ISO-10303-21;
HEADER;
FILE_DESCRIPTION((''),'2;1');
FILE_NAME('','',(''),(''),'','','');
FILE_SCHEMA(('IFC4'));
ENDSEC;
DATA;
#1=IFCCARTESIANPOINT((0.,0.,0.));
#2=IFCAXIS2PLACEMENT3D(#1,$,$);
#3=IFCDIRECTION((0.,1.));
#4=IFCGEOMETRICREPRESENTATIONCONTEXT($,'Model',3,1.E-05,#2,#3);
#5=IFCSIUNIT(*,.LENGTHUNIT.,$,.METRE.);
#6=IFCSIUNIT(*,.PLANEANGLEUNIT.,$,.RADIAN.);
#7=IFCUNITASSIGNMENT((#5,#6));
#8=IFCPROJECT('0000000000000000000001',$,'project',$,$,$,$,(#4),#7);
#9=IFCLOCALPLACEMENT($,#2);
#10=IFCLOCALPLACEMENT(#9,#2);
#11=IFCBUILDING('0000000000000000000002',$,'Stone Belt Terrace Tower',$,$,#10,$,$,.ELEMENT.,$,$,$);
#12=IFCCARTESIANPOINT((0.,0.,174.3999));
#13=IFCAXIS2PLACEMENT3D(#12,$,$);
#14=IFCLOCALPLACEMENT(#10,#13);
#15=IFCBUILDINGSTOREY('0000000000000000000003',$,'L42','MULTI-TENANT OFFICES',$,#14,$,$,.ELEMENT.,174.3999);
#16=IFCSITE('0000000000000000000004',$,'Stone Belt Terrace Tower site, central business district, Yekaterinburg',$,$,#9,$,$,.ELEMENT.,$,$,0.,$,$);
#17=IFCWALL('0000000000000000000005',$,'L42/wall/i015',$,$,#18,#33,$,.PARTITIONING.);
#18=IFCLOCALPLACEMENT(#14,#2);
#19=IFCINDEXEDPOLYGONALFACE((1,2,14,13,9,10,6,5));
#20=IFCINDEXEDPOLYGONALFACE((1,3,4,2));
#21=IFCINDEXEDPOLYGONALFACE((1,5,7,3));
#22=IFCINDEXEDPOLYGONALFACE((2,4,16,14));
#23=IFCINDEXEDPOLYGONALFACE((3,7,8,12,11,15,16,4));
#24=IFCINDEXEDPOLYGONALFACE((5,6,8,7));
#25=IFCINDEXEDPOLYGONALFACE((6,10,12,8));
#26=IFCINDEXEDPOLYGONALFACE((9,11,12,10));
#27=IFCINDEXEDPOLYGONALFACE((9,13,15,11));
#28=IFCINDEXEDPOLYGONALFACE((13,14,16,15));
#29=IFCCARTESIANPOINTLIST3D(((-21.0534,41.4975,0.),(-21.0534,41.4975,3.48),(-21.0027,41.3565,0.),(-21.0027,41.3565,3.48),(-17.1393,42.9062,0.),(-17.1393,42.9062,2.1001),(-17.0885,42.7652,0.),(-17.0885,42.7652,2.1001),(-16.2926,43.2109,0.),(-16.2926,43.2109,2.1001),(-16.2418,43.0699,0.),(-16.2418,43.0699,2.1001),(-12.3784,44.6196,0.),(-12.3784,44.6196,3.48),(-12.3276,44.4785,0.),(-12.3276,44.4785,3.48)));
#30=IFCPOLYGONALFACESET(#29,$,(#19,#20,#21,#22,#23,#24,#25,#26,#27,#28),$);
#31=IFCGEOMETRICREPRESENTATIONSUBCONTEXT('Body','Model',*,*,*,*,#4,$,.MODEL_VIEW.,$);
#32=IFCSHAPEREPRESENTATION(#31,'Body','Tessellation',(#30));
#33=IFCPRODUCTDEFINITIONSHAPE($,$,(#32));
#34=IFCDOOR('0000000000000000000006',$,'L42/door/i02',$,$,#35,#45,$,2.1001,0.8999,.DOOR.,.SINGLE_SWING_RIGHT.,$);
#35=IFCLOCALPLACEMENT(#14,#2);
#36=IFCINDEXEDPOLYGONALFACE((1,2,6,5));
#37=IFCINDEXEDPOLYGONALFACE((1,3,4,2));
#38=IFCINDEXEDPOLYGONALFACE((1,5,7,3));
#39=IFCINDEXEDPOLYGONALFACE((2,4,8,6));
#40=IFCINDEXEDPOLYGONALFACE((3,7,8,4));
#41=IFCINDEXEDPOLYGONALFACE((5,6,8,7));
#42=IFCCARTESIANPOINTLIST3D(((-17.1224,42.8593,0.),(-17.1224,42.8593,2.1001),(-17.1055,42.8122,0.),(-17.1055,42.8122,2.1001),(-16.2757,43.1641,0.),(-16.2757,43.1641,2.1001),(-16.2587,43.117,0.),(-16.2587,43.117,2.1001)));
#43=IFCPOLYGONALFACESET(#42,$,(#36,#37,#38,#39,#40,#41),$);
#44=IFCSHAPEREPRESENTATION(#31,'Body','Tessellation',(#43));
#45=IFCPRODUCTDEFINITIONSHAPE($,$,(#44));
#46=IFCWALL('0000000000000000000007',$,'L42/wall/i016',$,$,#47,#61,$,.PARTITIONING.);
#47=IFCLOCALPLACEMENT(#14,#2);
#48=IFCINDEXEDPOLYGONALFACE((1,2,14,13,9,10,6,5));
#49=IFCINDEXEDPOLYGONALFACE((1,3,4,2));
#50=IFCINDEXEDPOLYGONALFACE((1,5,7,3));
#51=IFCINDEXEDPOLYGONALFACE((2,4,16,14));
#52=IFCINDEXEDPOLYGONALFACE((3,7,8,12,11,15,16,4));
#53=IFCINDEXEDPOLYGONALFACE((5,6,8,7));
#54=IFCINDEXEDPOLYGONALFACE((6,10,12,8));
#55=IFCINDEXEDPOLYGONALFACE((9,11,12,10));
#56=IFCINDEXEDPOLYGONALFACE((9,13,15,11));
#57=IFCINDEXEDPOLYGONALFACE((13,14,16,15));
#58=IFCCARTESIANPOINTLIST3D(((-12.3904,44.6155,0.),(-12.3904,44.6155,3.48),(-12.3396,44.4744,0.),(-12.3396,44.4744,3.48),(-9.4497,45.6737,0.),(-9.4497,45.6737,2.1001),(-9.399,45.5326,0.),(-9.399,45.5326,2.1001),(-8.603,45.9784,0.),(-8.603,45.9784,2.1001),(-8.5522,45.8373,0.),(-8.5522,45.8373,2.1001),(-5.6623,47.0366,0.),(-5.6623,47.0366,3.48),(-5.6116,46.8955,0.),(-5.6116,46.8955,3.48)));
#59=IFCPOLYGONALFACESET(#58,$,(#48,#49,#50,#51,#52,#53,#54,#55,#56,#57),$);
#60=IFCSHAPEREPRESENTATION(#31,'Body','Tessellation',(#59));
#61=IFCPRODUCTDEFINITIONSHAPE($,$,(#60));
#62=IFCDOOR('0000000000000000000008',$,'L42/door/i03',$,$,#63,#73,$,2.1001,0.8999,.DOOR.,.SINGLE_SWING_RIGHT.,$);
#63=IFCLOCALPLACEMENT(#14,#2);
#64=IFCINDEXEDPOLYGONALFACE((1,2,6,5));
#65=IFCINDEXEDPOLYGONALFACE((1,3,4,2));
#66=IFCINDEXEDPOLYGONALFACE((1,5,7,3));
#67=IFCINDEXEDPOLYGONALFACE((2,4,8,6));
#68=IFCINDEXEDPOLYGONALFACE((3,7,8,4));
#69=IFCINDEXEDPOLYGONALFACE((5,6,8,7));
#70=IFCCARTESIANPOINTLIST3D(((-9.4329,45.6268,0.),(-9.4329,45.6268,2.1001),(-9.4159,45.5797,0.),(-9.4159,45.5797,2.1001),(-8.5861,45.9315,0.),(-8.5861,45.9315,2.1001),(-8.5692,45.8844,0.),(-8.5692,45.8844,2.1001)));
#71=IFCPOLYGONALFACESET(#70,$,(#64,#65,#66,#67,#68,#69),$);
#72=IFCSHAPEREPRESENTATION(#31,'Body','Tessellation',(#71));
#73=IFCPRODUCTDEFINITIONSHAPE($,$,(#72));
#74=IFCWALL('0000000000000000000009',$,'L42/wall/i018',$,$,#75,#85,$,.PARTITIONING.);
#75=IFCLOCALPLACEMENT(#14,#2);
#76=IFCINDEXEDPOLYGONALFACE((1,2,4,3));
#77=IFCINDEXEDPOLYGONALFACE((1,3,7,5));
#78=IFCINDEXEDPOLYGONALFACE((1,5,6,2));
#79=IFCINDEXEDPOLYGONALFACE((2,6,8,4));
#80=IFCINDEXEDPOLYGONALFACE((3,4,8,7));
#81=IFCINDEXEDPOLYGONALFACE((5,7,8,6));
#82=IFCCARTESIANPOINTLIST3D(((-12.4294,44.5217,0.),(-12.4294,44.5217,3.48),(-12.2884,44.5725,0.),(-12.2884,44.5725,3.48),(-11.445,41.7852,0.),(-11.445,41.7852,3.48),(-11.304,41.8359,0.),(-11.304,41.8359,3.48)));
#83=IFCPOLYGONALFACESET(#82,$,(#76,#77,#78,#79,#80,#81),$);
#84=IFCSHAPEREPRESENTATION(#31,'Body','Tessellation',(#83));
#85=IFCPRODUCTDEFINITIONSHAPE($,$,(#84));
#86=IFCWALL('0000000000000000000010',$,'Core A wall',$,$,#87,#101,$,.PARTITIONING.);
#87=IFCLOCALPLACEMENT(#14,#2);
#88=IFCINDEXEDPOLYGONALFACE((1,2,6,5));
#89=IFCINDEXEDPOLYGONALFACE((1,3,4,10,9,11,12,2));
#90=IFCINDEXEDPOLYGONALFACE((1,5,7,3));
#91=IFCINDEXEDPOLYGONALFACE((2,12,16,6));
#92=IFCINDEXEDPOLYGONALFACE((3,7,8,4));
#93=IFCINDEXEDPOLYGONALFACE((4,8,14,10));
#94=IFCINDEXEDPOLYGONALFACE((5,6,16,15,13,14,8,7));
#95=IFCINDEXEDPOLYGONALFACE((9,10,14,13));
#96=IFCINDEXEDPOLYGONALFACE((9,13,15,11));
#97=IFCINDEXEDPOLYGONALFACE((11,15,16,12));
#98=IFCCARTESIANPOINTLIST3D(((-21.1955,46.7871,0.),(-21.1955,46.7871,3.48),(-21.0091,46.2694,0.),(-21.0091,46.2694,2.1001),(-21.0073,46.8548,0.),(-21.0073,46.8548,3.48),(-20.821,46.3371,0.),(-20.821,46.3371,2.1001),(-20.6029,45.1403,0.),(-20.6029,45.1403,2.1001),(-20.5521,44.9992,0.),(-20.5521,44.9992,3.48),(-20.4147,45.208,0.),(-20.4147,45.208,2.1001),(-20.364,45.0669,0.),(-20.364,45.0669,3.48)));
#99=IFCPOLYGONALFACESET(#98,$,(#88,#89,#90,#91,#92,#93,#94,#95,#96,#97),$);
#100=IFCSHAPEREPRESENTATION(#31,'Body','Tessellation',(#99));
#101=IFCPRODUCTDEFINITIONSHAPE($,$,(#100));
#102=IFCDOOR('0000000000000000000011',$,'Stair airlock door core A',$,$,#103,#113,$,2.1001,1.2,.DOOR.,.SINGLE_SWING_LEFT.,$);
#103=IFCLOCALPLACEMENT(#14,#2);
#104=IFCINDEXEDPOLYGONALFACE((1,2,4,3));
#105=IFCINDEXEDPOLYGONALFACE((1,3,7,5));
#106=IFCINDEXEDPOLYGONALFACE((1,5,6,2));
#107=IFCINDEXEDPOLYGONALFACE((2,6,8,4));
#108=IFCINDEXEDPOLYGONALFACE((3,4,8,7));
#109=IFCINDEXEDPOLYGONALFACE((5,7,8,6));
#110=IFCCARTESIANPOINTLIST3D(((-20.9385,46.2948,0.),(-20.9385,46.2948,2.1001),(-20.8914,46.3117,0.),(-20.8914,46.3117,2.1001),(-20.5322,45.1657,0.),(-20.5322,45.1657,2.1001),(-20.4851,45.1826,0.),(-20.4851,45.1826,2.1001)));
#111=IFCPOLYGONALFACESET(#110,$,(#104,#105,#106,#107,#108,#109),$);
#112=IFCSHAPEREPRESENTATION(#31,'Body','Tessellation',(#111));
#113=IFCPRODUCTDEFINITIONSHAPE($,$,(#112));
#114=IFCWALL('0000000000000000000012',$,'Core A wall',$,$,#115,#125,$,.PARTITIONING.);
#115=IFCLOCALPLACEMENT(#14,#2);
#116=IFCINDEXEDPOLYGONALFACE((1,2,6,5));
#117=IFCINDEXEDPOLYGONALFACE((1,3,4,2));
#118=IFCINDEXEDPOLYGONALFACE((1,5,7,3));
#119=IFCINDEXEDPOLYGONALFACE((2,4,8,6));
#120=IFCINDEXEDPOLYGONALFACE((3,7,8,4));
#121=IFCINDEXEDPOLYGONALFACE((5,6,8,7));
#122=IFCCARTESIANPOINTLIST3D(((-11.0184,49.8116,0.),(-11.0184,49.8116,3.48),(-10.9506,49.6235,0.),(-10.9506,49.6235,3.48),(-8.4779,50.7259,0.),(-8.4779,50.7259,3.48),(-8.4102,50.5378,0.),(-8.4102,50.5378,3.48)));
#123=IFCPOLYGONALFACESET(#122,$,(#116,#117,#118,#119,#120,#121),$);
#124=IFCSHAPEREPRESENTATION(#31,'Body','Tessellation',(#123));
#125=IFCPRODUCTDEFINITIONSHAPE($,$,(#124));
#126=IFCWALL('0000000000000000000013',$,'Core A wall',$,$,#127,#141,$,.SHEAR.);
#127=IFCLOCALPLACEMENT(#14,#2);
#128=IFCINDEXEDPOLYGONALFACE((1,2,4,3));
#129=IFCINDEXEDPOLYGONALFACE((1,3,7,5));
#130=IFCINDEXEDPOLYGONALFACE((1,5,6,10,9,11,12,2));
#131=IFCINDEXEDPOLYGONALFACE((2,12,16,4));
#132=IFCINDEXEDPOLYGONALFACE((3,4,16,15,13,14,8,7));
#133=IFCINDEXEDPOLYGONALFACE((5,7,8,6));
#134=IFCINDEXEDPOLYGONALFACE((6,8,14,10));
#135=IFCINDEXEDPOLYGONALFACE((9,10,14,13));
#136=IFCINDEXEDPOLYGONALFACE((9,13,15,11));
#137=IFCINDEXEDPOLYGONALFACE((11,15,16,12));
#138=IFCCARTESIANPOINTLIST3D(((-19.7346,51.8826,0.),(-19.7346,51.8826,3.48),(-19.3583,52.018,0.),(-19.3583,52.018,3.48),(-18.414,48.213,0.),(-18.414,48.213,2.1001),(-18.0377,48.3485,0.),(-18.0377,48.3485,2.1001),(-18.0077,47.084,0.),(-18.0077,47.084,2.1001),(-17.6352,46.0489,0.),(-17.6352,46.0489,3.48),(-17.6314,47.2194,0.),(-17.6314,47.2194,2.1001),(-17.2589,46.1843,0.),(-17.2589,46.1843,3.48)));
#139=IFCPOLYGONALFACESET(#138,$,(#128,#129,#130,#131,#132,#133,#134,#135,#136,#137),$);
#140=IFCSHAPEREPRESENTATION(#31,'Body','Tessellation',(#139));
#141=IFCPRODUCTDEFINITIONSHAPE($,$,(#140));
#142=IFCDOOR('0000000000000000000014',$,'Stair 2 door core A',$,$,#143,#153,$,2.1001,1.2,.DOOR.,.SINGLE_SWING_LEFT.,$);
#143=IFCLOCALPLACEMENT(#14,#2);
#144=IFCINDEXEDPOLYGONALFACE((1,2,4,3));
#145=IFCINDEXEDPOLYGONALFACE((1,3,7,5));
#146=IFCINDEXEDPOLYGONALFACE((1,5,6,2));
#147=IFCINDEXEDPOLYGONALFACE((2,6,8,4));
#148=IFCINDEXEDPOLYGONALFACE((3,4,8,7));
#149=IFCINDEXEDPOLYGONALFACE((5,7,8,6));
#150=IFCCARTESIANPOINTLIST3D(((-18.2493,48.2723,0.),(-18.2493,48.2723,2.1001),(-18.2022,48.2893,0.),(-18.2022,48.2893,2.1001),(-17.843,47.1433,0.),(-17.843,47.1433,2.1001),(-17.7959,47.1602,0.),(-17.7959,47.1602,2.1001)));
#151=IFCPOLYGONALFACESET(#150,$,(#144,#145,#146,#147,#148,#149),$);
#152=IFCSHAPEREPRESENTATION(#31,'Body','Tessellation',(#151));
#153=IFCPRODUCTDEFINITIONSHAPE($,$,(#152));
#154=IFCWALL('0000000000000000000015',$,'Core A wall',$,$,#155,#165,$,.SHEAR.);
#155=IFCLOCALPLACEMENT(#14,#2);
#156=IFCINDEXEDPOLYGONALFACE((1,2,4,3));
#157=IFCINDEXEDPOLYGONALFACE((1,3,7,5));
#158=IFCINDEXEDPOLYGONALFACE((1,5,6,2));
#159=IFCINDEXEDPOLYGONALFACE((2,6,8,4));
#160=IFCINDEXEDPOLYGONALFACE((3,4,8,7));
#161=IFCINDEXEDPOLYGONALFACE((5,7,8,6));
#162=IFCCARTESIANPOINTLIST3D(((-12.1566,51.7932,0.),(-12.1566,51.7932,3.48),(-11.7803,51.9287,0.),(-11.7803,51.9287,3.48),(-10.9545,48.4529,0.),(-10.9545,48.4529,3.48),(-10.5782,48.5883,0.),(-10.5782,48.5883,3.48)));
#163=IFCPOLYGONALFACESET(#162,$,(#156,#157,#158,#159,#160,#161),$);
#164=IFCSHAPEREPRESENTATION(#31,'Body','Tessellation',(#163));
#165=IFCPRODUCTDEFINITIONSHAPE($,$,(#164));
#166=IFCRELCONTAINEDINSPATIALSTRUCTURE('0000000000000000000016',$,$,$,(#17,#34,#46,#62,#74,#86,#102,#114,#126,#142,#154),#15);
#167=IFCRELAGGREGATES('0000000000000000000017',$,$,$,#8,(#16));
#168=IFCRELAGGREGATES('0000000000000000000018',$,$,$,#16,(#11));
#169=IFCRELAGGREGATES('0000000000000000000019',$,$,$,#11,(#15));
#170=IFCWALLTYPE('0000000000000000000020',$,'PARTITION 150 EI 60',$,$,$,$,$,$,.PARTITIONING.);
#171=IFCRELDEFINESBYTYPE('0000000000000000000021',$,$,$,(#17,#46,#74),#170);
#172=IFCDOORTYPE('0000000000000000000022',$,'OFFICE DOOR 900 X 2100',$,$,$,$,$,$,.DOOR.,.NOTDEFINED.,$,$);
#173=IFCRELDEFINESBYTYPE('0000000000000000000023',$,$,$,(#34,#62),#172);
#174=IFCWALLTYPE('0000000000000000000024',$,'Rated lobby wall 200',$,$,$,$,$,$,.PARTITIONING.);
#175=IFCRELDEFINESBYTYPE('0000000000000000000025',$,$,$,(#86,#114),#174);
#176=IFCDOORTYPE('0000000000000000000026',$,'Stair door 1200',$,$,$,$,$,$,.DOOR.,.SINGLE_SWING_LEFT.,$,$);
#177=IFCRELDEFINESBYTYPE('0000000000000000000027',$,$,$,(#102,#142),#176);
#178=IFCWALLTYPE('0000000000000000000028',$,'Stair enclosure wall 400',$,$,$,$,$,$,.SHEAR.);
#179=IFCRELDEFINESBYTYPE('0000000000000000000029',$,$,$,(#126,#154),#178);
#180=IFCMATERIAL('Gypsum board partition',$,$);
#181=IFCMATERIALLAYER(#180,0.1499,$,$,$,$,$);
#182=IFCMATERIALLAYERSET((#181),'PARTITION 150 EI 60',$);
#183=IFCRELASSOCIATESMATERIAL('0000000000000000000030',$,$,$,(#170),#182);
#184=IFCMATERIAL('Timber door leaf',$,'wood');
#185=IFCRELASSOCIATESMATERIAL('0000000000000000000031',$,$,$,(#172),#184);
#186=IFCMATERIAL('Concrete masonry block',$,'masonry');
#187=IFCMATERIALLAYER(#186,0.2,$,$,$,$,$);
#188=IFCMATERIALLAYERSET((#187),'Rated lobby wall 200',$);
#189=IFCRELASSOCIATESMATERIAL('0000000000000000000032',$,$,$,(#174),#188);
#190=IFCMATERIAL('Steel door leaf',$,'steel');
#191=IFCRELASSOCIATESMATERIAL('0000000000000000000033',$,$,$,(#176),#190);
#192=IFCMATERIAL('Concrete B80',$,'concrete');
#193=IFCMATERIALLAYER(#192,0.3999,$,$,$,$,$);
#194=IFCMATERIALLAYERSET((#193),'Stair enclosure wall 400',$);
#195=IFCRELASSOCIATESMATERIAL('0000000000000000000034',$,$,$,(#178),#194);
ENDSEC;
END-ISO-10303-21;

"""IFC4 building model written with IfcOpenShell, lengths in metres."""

from ifc_helpers import new_model, si_unit, direction, frame, frame_2d, origin, place, context, subcontext, project, spatial, rectangle, extrude, material, layer, layer_set, type_object, element, fill, save


model = new_model("IFC4")

# Units and contexts
model_context = context("Model", 3, precision=1e-05, world=origin(), true_north=direction((0.0, 1.0)))
body_context = subcontext(model_context, "Body", "Model", "MODEL_VIEW")
ifc_project = project(units=[si_unit("LENGTHUNIT", "METRE"), si_unit("PLANEANGLEUNIT", "RADIAN")], contexts=[model_context])

# Site, building, storey
site_placement = place(None, origin())
site = spatial("IfcSite", under=ifc_project, at=site_placement, Name="Stone Belt Terrace Tower site, central business district, Yekaterinburg", CompositionType="ELEMENT", RefElevation=0.0)
building_placement = place(site_placement, origin())
building = spatial("IfcBuilding", under=site, at=building_placement, Name="Stone Belt Terrace Tower", CompositionType="ELEMENT")
storey_placement = place(building_placement, frame((0.0, 0.0, 174.3999)))
storey = spatial("IfcBuildingStorey", under=building, at=storey_placement, Name="L42", Description="MULTI-TENANT OFFICES", CompositionType="ELEMENT", Elevation=174.3999)

# Shared definitions
ifc_material_1 = material(Name="Concrete B80", Category="concrete")

# Shared definitions
ifc_material_2 = material(Name="Timber door leaf", Category="wood")

# Shared definitions
ifc_material_3 = material(Name="Gypsum board partition")
ifc_layer_1 = layer(ifc_material_3, 0.1499)
ifc_layer_set_1 = layer_set([ifc_layer_1], Name="PARTITION 150 EI 60")
wall_type_1 = type_object("IfcWallType", Name="PARTITION 150 EI 60", PredefinedType="PARTITIONING", material=ifc_layer_set_1)

# Walls, openings, doors
wall_1_placement = place(storey_placement, frame((-12.353, 44.5491, 0.0), z_axis=(0.0, 0.0, 1.0), x_axis=(-0.94092, -0.338629, 0.0)))
wall_1 = element("IfcWall", 1, at=wall_1_placement, inside=storey, type_object=wall_type_1, Name="L42/wall/i015", PredefinedType="PARTITIONING", context=body_context, shape_type="SweptSolid", body=[
    extrude(rectangle(XDim=9.2197, YDim=0.1499, at=frame_2d((4.6099, 0.0))), origin(), (0.0, 0.0, 1.0), 3.48),
])
opening_1_placement = place(wall_1_placement, frame((4.1599, 0.0, 0.0)))
opening_1 = element("IfcOpeningElement", 2, at=opening_1_placement, cuts=wall_1, PredefinedType="OPENING", context=body_context, shape_type="SweptSolid", body=[
    extrude(rectangle(XDim=0.8999, YDim=2.1001, at=frame_2d((0.45, 1.05))), frame((0.0, 0.085, 0.0), z_axis=(0.0, -1.0, 0.0), x_axis=(1.0, 0.0, 0.0)), (0.0, 0.0, 1.0), 0.1699),
])
door_type_1 = type_object("IfcDoorType", Name="OFFICE DOOR 900 X 2100", OperationType="NOTDEFINED", PredefinedType="DOOR", material=ifc_material_2)
door_1_placement = place(opening_1_placement, origin())
door_1 = element("IfcDoor", 3, at=door_1_placement, inside=storey, type_object=door_type_1, Name="L42/door/i02", OperationType="SINGLE_SWING_RIGHT", OverallHeight=2.1001, OverallWidth=0.8999, PredefinedType="DOOR", context=body_context, shape_type="SweptSolid", body=[
    extrude(rectangle(XDim=0.8999, YDim=2.1001, at=frame_2d((0.45, 1.05))), frame((0.0, 0.0249, 0.0), z_axis=(0.0, -1.0, 0.0), x_axis=(1.0, 0.0, 0.0)), (0.0, 0.0, 1.0), 0.05),
])
fill(opening_1, door_1)
wall_2_placement = place(storey_placement, frame((-5.637, 46.9661, 0.0), z_axis=(0.0, 0.0, 1.0), x_axis=(-0.94093, -0.338602, 0.0)))
wall_2 = element("IfcWall", 4, at=wall_2_placement, inside=storey, type_object=wall_type_1, Name="L42/wall/i016", PredefinedType="PARTITIONING", context=body_context, shape_type="SweptSolid", body=[
    extrude(rectangle(XDim=7.1504, YDim=0.1499, at=frame_2d((3.5752, 0.0))), origin(), (0.0, 0.0, 1.0), 3.48),
])
opening_2_placement = place(wall_2_placement, frame((3.1252, 0.0, 0.0)))
opening_2 = element("IfcOpeningElement", 5, at=opening_2_placement, cuts=wall_2, PredefinedType="OPENING", context=body_context, shape_type="SweptSolid", body=[
    extrude(rectangle(XDim=0.8999, YDim=2.1001, at=frame_2d((0.45, 1.05))), frame((0.0, 0.085, 0.0), z_axis=(0.0, -1.0, 0.0), x_axis=(1.0, 0.0, 0.0)), (0.0, 0.0, 1.0), 0.1699),
])
door_2_placement = place(opening_2_placement, origin())
door_2 = element("IfcDoor", 6, at=door_2_placement, inside=storey, type_object=door_type_1, Name="L42/door/i03", OperationType="SINGLE_SWING_RIGHT", OverallHeight=2.1001, OverallWidth=0.8999, PredefinedType="DOOR", context=body_context, shape_type="SweptSolid", body=[
    extrude(rectangle(XDim=0.8999, YDim=2.1001, at=frame_2d((0.45, 1.05))), frame((0.0, 0.0249, 0.0), z_axis=(0.0, -1.0, 0.0), x_axis=(1.0, 0.0, 0.0)), (0.0, 0.0, 1.0), 0.05),
])
fill(opening_2, door_2)

# Wall
wall_3_placement = place(storey_placement, frame((-12.3589, 44.5471, 0.0), z_axis=(0.0, 0.0, 1.0), x_axis=(0.338479, -0.940974, 0.0)))
element("IfcWall", 7, at=wall_3_placement, inside=storey, type_object=wall_type_1, Name="L42/wall/i018", PredefinedType="PARTITIONING", context=body_context, shape_type="SweptSolid", body=[
    extrude(rectangle(XDim=2.9082, YDim=0.1499, at=frame_2d((1.4541, 0.0))), origin(), (0.0, 0.0, 1.0), 3.48),
])

# Wall, opening, door
ifc_material_4 = material(Name="Concrete masonry block", Category="masonry")
ifc_layer_2 = layer(ifc_material_4, 0.2)
ifc_layer_set_2 = layer_set([ifc_layer_2], Name="Rated lobby wall 200")
wall_type_2 = type_object("IfcWallType", Name="Rated lobby wall 200", PredefinedType="PARTITIONING", material=ifc_layer_set_2)
wall_4_placement = place(storey_placement, frame((-20.458, 45.033, 0.0), z_axis=(0.0, 0.0, 1.0), x_axis=(-0.338574, 0.94094, 0.0)))
wall_4 = element("IfcWall", 8, at=wall_4_placement, inside=storey, type_object=wall_type_2, Name="Core A wall", PredefinedType="PARTITIONING", context=body_context, shape_type="SweptSolid", body=[
    extrude(rectangle(XDim=1.9001, YDim=0.2, at=frame_2d((0.9502, 0.0))), origin(), (0.0, 0.0, 1.0), 3.48),
])
opening_3_placement = place(wall_4_placement, frame((0.1499, 0.0, 0.0)))
opening_3 = element("IfcOpeningElement", 9, at=opening_3_placement, cuts=wall_4, PredefinedType="OPENING", context=body_context, shape_type="SweptSolid", body=[
    extrude(rectangle(XDim=1.2, YDim=2.1001, at=frame_2d((0.6001, 1.05))), frame((0.0, 0.1099, 0.0), z_axis=(0.0, -1.0, 0.0), x_axis=(1.0, 0.0, 0.0)), (0.0, 0.0, 1.0), 0.22),
])
ifc_material_5 = material(Name="Steel door leaf", Category="steel")
door_type_2 = type_object("IfcDoorType", Name="Stair door 1200", OperationType="SINGLE_SWING_LEFT", PredefinedType="DOOR", material=ifc_material_5)
door_3_placement = place(opening_3_placement, origin())
door_3 = element("IfcDoor", 10, at=door_3_placement, inside=storey, type_object=door_type_2, Name="Stair airlock door core A", OperationType="SINGLE_SWING_LEFT", OverallHeight=2.1001, OverallWidth=1.2, PredefinedType="DOOR", context=body_context, shape_type="SweptSolid", body=[
    extrude(rectangle(XDim=1.2, YDim=2.1001, at=frame_2d((0.6001, 1.05))), frame((0.0, 0.0249, 0.0), z_axis=(0.0, -1.0, 0.0), x_axis=(1.0, 0.0, 0.0)), (0.0, 0.0, 1.0), 0.05),
])
fill(opening_3, door_3)

# Wall
wall_5_placement = place(storey_placement, frame((-10.9846, 49.7175, 0.0), z_axis=(0.0, 0.0, 1.0), x_axis=(0.940921, 0.338627, 0.0)))
element("IfcWall", 11, at=wall_5_placement, inside=storey, type_object=wall_type_2, Name="Core A wall", PredefinedType="PARTITIONING", context=body_context, shape_type="SweptSolid", body=[
    extrude(rectangle(XDim=2.7, YDim=0.2, at=frame_2d((1.3501, 0.0))), origin(), (0.0, 0.0, 1.0), 3.48),
])

# Wall, opening, door
ifc_layer_3 = layer(ifc_material_1, 0.3999)
ifc_layer_set_3 = layer_set([ifc_layer_3], Name="Stair enclosure wall 400")
wall_type_3 = type_object("IfcWallType", Name="Stair enclosure wall 400", PredefinedType="SHEAR", material=ifc_layer_set_3)
wall_6_placement = place(storey_placement, frame((-17.447, 46.1165, 0.0), z_axis=(0.0, 0.0, 1.0), x_axis=(-0.338608, 0.940928, 0.0)))
wall_6 = element("IfcWall", 12, at=wall_6_placement, inside=storey, type_object=wall_type_3, Name="Core A wall", PredefinedType="SHEAR", context=body_context, shape_type="SweptSolid", body=[
    extrude(rectangle(XDim=6.2, YDim=0.3999, at=frame_2d((3.1001, 0.0))), origin(), (0.0, 0.0, 1.0), 3.48),
])
opening_4_placement = place(wall_6_placement, frame((1.1001, 0.0, 0.0)))
opening_4 = element("IfcOpeningElement", 13, at=opening_4_placement, cuts=wall_6, PredefinedType="OPENING", context=body_context, shape_type="SweptSolid", body=[
    extrude(rectangle(XDim=1.2, YDim=2.1001, at=frame_2d((0.6001, 1.05))), frame((0.0, 0.21, 0.0), z_axis=(0.0, -1.0, 0.0), x_axis=(1.0, 0.0, 0.0)), (0.0, 0.0, 1.0), 0.4199),
])
door_4_placement = place(opening_4_placement, origin())
door_4 = element("IfcDoor", 14, at=door_4_placement, inside=storey, type_object=door_type_2, Name="Stair 2 door core A", OperationType="SINGLE_SWING_LEFT", OverallHeight=2.1001, OverallWidth=1.2, PredefinedType="DOOR", context=body_context, shape_type="SweptSolid", body=[
    extrude(rectangle(XDim=1.2, YDim=2.1001, at=frame_2d((0.6001, 1.05))), frame((0.0, 0.0249, 0.0), z_axis=(0.0, -1.0, 0.0), x_axis=(1.0, 0.0, 0.0)), (0.0, 0.0, 1.0), 0.05),
])
fill(opening_4, door_4)

# Wall
wall_7_placement = place(storey_placement, frame((-10.7664, 48.5208, 0.0), z_axis=(0.0, 0.0, 1.0), x_axis=(-0.338627, 0.940921, 0.0)))
element("IfcWall", 15, at=wall_7_placement, inside=storey, type_object=wall_type_3, Name="Core A wall", PredefinedType="SHEAR", context=body_context, shape_type="SweptSolid", body=[
    extrude(rectangle(XDim=3.55, YDim=0.3999, at=frame_2d((1.7749, 0.0))), origin(), (0.0, 0.0, 1.0), 3.48),
])

save(model, "model.ifc")
